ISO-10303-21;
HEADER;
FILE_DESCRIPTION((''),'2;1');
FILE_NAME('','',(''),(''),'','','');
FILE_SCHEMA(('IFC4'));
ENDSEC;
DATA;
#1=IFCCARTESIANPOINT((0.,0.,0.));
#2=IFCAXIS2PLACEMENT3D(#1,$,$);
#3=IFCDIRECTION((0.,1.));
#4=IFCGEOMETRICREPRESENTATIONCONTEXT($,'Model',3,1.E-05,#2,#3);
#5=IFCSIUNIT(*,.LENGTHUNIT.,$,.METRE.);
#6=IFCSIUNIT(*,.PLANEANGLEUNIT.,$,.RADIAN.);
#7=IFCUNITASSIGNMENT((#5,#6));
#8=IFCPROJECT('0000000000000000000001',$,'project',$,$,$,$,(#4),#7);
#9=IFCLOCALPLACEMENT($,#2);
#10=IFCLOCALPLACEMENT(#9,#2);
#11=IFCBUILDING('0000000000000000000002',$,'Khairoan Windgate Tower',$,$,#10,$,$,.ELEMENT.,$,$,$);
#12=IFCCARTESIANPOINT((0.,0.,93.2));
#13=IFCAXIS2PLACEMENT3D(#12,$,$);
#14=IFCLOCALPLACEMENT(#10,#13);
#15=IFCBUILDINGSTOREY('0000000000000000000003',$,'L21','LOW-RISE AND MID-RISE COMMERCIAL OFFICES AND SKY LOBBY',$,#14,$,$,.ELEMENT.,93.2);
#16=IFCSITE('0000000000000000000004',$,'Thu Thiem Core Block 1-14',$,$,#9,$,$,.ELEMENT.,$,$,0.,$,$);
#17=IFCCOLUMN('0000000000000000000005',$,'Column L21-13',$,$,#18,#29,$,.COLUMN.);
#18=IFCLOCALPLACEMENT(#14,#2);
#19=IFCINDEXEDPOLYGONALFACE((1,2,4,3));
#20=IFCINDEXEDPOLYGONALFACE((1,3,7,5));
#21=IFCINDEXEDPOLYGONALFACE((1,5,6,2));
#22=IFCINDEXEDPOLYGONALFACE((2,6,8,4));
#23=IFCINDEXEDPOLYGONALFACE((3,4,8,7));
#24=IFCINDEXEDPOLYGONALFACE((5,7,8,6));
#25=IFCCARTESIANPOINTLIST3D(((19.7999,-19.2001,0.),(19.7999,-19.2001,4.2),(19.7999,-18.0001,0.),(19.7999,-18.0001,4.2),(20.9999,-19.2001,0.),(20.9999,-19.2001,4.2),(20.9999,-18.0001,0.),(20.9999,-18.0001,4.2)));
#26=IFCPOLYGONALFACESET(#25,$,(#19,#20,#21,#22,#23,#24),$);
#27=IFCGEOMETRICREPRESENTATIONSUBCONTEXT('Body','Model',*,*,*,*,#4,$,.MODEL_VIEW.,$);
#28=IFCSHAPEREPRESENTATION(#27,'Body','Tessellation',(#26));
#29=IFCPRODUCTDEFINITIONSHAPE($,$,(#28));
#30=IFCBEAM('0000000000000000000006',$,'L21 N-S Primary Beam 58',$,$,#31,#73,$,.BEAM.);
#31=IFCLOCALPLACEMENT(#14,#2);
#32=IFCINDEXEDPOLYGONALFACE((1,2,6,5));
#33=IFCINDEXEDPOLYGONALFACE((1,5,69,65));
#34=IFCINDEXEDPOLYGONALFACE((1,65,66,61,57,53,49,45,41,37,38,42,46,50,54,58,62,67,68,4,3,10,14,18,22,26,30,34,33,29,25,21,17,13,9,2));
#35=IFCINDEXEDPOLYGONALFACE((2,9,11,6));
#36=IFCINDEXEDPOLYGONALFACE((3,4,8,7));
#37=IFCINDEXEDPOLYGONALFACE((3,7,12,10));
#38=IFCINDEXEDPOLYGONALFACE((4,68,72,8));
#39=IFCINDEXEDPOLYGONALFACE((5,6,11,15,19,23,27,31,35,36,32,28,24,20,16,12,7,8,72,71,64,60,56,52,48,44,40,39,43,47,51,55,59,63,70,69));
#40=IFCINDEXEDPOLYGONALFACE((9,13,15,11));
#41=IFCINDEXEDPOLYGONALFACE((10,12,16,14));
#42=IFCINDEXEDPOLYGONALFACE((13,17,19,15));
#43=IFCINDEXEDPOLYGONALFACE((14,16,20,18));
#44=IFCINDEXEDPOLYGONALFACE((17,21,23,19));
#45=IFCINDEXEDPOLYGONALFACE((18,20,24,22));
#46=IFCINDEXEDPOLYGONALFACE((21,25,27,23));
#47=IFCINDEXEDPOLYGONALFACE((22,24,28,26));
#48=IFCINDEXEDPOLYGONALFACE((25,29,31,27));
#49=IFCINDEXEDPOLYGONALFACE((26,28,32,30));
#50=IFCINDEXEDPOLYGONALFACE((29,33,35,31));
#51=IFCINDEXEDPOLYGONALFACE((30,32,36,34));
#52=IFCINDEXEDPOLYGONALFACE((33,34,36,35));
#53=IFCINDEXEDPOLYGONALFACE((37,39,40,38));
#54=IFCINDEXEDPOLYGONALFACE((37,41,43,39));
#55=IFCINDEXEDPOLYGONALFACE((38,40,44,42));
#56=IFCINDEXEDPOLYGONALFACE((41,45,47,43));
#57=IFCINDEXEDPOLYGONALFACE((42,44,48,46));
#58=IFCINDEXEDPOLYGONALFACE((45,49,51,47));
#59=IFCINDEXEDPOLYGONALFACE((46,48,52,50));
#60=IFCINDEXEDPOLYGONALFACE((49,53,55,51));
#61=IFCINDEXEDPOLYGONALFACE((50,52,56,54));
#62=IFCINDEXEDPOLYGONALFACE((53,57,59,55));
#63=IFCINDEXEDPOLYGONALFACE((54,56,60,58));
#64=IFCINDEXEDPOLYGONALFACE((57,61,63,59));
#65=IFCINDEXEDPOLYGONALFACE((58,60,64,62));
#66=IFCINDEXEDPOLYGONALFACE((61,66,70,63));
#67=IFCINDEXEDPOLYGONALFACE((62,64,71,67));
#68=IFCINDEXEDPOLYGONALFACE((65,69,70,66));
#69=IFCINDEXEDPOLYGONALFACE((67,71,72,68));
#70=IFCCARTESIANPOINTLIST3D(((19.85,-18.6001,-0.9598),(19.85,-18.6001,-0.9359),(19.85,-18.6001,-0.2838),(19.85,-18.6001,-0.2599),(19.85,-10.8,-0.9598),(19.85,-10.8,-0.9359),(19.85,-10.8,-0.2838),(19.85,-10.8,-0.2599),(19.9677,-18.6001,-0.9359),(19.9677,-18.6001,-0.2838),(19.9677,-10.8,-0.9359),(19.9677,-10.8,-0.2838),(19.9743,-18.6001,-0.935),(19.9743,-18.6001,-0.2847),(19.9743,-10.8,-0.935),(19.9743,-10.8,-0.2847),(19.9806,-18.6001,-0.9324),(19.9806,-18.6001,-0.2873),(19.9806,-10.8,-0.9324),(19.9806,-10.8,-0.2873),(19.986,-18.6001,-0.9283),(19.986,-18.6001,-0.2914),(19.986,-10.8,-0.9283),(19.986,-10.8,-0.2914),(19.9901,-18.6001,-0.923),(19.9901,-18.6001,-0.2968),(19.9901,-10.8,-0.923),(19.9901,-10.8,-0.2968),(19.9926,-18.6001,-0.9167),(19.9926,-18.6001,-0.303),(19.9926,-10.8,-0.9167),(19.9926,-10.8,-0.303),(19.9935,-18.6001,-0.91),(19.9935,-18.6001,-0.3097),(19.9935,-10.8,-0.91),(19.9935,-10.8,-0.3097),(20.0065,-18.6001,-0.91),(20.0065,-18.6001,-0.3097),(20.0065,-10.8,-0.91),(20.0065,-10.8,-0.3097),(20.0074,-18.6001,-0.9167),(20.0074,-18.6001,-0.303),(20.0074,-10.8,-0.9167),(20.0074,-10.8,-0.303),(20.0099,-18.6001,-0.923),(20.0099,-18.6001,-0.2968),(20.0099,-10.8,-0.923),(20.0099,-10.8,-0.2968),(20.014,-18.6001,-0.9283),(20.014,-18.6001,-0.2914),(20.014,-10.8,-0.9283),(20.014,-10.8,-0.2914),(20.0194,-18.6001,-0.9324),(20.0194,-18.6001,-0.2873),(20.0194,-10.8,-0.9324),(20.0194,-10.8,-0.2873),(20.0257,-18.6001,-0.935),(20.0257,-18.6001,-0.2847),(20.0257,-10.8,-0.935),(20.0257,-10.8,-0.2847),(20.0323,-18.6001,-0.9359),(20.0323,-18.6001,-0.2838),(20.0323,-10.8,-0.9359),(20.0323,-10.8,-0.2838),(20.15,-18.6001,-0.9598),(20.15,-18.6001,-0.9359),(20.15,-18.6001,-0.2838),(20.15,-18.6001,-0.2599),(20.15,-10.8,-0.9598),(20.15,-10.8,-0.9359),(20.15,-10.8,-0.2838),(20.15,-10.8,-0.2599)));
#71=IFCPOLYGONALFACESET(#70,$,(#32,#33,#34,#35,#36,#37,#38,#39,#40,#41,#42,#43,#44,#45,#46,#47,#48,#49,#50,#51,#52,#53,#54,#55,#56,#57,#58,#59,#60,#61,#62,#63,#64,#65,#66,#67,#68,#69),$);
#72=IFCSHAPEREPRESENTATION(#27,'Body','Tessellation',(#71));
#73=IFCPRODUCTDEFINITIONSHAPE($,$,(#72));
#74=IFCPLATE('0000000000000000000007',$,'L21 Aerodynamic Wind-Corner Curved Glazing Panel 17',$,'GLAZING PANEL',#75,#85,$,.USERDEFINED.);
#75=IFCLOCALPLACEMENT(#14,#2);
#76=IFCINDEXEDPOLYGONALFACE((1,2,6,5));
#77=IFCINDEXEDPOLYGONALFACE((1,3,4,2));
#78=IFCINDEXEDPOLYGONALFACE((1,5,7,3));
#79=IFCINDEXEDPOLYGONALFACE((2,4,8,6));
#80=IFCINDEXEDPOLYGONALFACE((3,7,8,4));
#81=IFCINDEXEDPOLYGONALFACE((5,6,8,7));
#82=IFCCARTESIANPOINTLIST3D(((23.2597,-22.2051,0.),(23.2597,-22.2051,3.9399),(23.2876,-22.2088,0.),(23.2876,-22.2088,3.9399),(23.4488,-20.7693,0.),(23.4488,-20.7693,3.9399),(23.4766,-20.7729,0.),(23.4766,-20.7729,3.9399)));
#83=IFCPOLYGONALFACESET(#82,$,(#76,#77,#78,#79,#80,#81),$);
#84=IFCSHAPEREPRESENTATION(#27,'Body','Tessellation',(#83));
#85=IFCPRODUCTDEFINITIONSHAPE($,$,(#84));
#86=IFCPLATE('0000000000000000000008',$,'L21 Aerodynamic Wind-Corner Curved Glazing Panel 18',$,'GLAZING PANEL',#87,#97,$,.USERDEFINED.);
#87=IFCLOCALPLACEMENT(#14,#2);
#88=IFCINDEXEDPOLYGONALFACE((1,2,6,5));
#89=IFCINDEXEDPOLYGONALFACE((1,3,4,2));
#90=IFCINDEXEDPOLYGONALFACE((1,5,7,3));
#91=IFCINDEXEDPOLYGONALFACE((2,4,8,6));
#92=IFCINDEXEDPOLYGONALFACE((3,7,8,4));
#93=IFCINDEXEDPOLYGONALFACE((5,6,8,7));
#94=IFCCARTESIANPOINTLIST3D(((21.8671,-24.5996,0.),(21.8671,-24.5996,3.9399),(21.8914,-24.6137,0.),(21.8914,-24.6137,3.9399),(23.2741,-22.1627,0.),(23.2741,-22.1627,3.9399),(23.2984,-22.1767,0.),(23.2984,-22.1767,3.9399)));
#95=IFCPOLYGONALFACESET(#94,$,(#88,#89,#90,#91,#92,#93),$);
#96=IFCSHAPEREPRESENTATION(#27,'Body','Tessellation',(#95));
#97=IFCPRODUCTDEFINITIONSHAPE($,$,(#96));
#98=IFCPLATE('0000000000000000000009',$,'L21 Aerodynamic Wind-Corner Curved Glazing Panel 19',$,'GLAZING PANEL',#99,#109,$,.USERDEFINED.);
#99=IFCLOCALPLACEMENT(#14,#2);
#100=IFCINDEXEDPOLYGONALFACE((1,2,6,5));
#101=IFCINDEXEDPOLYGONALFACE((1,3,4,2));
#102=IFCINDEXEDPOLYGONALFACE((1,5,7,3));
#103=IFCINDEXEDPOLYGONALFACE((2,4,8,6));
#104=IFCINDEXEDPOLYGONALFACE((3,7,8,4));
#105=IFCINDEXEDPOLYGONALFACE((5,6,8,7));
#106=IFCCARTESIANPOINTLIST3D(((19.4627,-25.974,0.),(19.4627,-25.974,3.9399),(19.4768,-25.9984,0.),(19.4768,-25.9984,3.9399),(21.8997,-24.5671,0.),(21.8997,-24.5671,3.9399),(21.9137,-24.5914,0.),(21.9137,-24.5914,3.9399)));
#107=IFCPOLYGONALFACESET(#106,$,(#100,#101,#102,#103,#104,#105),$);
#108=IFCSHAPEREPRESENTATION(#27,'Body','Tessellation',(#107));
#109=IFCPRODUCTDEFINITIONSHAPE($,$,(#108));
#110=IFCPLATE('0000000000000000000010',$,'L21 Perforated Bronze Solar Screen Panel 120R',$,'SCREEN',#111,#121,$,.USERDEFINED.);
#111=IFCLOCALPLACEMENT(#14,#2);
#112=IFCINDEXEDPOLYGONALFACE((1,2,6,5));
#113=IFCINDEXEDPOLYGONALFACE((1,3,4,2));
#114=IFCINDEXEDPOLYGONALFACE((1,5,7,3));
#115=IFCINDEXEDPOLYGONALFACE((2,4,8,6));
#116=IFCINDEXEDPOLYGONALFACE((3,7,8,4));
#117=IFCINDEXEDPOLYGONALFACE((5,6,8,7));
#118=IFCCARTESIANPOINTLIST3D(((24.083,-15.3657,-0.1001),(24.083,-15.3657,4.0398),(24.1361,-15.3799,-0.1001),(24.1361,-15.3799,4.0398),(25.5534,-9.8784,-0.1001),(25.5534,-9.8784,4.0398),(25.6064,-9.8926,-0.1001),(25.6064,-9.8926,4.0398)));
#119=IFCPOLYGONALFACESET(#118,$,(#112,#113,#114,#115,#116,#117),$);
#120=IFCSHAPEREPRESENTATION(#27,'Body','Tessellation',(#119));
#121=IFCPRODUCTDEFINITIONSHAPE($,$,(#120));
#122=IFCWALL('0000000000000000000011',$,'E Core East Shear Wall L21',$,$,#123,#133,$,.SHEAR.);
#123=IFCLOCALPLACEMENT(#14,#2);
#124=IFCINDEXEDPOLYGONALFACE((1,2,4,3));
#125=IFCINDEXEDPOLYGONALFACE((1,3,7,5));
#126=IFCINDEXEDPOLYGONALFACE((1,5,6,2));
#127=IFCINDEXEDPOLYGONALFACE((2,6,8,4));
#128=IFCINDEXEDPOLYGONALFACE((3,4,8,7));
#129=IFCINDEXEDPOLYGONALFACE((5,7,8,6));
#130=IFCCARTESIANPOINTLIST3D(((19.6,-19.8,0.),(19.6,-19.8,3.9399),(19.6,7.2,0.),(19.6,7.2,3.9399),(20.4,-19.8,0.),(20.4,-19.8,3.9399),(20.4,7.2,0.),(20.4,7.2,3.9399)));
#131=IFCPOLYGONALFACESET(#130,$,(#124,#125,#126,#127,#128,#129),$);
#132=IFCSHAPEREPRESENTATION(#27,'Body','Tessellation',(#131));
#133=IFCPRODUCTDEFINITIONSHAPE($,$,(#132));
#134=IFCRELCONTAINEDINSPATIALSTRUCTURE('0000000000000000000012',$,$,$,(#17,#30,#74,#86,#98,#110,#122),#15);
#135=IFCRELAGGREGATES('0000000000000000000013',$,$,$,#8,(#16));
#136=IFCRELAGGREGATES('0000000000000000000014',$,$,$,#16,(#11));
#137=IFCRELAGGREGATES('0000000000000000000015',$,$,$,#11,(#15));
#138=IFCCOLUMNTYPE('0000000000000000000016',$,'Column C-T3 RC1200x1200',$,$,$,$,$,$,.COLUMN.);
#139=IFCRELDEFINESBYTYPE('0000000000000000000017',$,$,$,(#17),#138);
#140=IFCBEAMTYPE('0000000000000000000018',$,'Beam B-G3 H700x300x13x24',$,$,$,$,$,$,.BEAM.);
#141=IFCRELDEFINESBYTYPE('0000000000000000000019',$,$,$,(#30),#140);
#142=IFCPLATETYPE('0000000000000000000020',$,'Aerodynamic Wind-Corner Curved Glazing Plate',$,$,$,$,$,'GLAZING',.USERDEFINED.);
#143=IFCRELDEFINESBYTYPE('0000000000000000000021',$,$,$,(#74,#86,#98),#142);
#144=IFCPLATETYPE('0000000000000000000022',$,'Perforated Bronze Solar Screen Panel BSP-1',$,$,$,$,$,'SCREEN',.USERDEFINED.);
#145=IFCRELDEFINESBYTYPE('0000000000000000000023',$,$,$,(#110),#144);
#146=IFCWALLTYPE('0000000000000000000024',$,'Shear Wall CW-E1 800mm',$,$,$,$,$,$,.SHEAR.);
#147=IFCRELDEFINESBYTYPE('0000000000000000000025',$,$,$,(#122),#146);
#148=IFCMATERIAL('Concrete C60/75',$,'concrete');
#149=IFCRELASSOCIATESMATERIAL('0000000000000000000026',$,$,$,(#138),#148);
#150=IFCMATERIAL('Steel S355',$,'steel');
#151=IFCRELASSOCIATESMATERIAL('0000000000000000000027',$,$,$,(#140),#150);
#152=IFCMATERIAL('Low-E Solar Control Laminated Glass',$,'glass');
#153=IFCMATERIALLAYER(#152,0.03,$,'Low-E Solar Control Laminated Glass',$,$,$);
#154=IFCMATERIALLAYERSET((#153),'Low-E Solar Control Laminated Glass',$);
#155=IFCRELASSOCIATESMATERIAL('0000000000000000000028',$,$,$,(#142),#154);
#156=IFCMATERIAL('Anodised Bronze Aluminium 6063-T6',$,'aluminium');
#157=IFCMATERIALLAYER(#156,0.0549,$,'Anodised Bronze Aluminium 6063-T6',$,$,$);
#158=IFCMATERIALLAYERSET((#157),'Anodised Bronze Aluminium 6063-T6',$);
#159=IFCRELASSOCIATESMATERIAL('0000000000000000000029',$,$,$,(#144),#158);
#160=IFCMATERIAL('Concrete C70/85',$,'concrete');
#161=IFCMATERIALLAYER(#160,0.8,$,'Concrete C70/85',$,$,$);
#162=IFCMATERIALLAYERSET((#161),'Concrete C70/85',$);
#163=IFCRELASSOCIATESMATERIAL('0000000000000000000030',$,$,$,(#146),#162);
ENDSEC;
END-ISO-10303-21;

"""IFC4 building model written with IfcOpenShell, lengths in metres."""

from ifc_helpers import new_model, si_unit, direction, frame, frame_2d, origin, origin_2d, place, context, subcontext, project, spatial, rectangle, i_section, extrude, material, layer, layer_set, material_profile, profile_set, type_object, element, save


model = new_model("IFC4")

# Units and contexts
model_context = context("Model", 3, precision=1e-05, world=origin(), true_north=direction((0.0, 1.0)))
body_context = subcontext(model_context, "Body", "Model", "MODEL_VIEW")
ifc_project = project(units=[si_unit("LENGTHUNIT", "METRE"), si_unit("PLANEANGLEUNIT", "RADIAN")], contexts=[model_context])

# Site, building, storey
site_placement = place(None, origin())
site = spatial("IfcSite", under=ifc_project, at=site_placement, Name="Thu Thiem Core Block 1-14", CompositionType="ELEMENT", RefElevation=0.0)
building_placement = place(site_placement, origin())
building = spatial("IfcBuilding", under=site, at=building_placement, Name="Khairoan Windgate Tower", CompositionType="ELEMENT")
storey_placement = place(building_placement, frame((0.0, 0.0, 93.2)))
storey = spatial("IfcBuildingStorey", under=building, at=storey_placement, Name="L21", Description="LOW-RISE AND MID-RISE COMMERCIAL OFFICES AND SKY LOBBY", CompositionType="ELEMENT", Elevation=93.2)

# Column
ifc_material_1 = material(Name="Concrete C60/75", Category="concrete")
ifc_material_profile_1 = material_profile(ifc_material_1, rectangle(XDim=1.2, YDim=1.2, at=origin_2d()))
ifc_profile_set_1 = profile_set([ifc_material_profile_1], Name="Concrete C60/75")
column_type = type_object("IfcColumnType", Name="Column C-T3 RC1200x1200", PredefinedType="COLUMN", material=ifc_profile_set_1)
column_placement = place(storey_placement, frame((20.3999, -18.6001, 0.0), z_axis=(0.0, 0.0, 1.0), x_axis=(1.0, 0.0, 0.0)))
element("IfcColumn", 1, at=column_placement, inside=storey, type_object=column_type, Name="Column L21-13", PredefinedType="COLUMN", context=body_context, shape_type="SweptSolid", body=[
    extrude(rectangle(XDim=1.2, YDim=1.2, at=origin_2d()), origin(), (0.0, 0.0, 1.0), 4.2),
])

# Beam
ifc_material_2 = material(Name="Steel S355", Category="steel")
ifc_material_profile_2 = material_profile(ifc_material_2, i_section(OverallWidth=0.3, OverallDepth=0.7, WebThickness=0.0129, FlangeThickness=0.0239, FilletRadius=0.0259, at=origin_2d()))
ifc_profile_set_2 = profile_set([ifc_material_profile_2], Name="Steel S355")
beam_type = type_object("IfcBeamType", Name="Beam B-G3 H700x300x13x24", PredefinedType="BEAM", material=ifc_profile_set_2)
beam_placement = place(storey_placement, frame((20.0, -18.6001, -0.6099), z_axis=(0.0, 1.0, 0.0), x_axis=(-1.0, 0.0, 0.0)))
element("IfcBeam", 2, at=beam_placement, inside=storey, type_object=beam_type, Name="L21 N-S Primary Beam 58", PredefinedType="BEAM", context=body_context, shape_type="SweptSolid", body=[
    extrude(i_section(OverallWidth=0.3, OverallDepth=0.7, WebThickness=0.0129, FlangeThickness=0.0239, FilletRadius=0.0259, at=origin_2d()), origin(), (0.0, 0.0, 1.0), 7.8),
])

# Plates
ifc_material_3 = material(Name="Low-E Solar Control Laminated Glass", Category="glass")
ifc_layer_1 = layer(ifc_material_3, 0.03, Name="Low-E Solar Control Laminated Glass")
ifc_layer_set_1 = layer_set([ifc_layer_1], Name="Low-E Solar Control Laminated Glass")
plate_type_1 = type_object("IfcPlateType", Name="Aerodynamic Wind-Corner Curved Glazing Plate", ElementType="GLAZING", PredefinedType="USERDEFINED", material=ifc_layer_set_1)
plate_1_placement = place(storey_placement, frame((23.3682, -21.489, 0.0), z_axis=(0.0, 0.0, 1.0), x_axis=(-0.130526, -0.991445, 0.0)))
element("IfcPlate", 3, at=plate_1_placement, inside=storey, type_object=plate_type_1, Name="L21 Aerodynamic Wind-Corner Curved Glazing Panel 17", ObjectType="GLAZING PANEL", PredefinedType="USERDEFINED", context=body_context, shape_type="SweptSolid", body=[
    extrude(rectangle(XDim=1.4482, YDim=0.0281, at=origin_2d()), origin(), (0.0, 0.0, 1.0), 3.9399),
])
for number, where, z_axis, x_axis, name in (
    (4, (22.5828, -23.3882, 0.0), (0.0, 0.0, 1.0), (-0.5, -0.866025, 0.0), "L21 Aerodynamic Wind-Corner Curved Glazing Panel 18"),
    (5, (20.6882, -25.2827, 0.0), (0.0, 0.0, 1.0), (-0.866025, -0.5, 0.0), "L21 Aerodynamic Wind-Corner Curved Glazing Panel 19"),
):
    element("IfcPlate", number, at=place(storey_placement, frame(where, z_axis=z_axis, x_axis=x_axis)), inside=storey, type_object=plate_type_1, Name=name, ObjectType="GLAZING PANEL", PredefinedType="USERDEFINED", context=body_context, shape_type="SweptSolid", body=[
        extrude(rectangle(XDim=2.814, YDim=0.0281, at=origin_2d()), origin(), (0.0, 0.0, 1.0), 3.9399),
    ])

# Plate
ifc_material_4 = material(Name="Anodised Bronze Aluminium 6063-T6", Category="aluminium")
ifc_layer_2 = layer(ifc_material_4, 0.0549, Name="Anodised Bronze Aluminium 6063-T6")
ifc_layer_set_2 = layer_set([ifc_layer_2], Name="Anodised Bronze Aluminium 6063-T6")
plate_type_2 = type_object("IfcPlateType", Name="Perforated Bronze Solar Screen Panel BSP-1", ElementType="SCREEN", PredefinedType="USERDEFINED", material=ifc_layer_set_2)
plate_2_placement = place(storey_placement, frame((24.8447, -12.6292, -0.1001), z_axis=(0.0, 0.0, 1.0), x_axis=(-0.258819, -0.965926, 0.0)))
element("IfcPlate", 6, at=plate_2_placement, inside=storey, type_object=plate_type_2, Name="L21 Perforated Bronze Solar Screen Panel 120R", ObjectType="SCREEN", PredefinedType="USERDEFINED", context=body_context, shape_type="SweptSolid", body=[
    extrude(rectangle(XDim=5.6809, YDim=0.0549, at=origin_2d()), origin(), (0.0, 0.0, 1.0), 4.1399),
])

# Wall
ifc_material_5 = material(Name="Concrete C70/85", Category="concrete")
ifc_layer_3 = layer(ifc_material_5, 0.8, Name="Concrete C70/85")
ifc_layer_set_3 = layer_set([ifc_layer_3], Name="Concrete C70/85")
wall_type_1 = type_object("IfcWallType", Name="Shear Wall CW-E1 800mm", PredefinedType="SHEAR", material=ifc_layer_set_3)
wall_1_placement = place(storey_placement, frame((20.0, -19.8, 0.0), z_axis=(0.0, 0.0, 1.0), x_axis=(0.0, 1.0, 0.0)))
element("IfcWall", 7, at=wall_1_placement, inside=storey, type_object=wall_type_1, Name="E Core East Shear Wall L21", PredefinedType="SHEAR", context=body_context, shape_type="SweptSolid", body=[
    extrude(rectangle(XDim=27.0, YDim=0.8, at=frame_2d((13.5, 0.0))), origin(), (0.0, 0.0, 1.0), 3.9399),
])

save(model, "model.ifc")
